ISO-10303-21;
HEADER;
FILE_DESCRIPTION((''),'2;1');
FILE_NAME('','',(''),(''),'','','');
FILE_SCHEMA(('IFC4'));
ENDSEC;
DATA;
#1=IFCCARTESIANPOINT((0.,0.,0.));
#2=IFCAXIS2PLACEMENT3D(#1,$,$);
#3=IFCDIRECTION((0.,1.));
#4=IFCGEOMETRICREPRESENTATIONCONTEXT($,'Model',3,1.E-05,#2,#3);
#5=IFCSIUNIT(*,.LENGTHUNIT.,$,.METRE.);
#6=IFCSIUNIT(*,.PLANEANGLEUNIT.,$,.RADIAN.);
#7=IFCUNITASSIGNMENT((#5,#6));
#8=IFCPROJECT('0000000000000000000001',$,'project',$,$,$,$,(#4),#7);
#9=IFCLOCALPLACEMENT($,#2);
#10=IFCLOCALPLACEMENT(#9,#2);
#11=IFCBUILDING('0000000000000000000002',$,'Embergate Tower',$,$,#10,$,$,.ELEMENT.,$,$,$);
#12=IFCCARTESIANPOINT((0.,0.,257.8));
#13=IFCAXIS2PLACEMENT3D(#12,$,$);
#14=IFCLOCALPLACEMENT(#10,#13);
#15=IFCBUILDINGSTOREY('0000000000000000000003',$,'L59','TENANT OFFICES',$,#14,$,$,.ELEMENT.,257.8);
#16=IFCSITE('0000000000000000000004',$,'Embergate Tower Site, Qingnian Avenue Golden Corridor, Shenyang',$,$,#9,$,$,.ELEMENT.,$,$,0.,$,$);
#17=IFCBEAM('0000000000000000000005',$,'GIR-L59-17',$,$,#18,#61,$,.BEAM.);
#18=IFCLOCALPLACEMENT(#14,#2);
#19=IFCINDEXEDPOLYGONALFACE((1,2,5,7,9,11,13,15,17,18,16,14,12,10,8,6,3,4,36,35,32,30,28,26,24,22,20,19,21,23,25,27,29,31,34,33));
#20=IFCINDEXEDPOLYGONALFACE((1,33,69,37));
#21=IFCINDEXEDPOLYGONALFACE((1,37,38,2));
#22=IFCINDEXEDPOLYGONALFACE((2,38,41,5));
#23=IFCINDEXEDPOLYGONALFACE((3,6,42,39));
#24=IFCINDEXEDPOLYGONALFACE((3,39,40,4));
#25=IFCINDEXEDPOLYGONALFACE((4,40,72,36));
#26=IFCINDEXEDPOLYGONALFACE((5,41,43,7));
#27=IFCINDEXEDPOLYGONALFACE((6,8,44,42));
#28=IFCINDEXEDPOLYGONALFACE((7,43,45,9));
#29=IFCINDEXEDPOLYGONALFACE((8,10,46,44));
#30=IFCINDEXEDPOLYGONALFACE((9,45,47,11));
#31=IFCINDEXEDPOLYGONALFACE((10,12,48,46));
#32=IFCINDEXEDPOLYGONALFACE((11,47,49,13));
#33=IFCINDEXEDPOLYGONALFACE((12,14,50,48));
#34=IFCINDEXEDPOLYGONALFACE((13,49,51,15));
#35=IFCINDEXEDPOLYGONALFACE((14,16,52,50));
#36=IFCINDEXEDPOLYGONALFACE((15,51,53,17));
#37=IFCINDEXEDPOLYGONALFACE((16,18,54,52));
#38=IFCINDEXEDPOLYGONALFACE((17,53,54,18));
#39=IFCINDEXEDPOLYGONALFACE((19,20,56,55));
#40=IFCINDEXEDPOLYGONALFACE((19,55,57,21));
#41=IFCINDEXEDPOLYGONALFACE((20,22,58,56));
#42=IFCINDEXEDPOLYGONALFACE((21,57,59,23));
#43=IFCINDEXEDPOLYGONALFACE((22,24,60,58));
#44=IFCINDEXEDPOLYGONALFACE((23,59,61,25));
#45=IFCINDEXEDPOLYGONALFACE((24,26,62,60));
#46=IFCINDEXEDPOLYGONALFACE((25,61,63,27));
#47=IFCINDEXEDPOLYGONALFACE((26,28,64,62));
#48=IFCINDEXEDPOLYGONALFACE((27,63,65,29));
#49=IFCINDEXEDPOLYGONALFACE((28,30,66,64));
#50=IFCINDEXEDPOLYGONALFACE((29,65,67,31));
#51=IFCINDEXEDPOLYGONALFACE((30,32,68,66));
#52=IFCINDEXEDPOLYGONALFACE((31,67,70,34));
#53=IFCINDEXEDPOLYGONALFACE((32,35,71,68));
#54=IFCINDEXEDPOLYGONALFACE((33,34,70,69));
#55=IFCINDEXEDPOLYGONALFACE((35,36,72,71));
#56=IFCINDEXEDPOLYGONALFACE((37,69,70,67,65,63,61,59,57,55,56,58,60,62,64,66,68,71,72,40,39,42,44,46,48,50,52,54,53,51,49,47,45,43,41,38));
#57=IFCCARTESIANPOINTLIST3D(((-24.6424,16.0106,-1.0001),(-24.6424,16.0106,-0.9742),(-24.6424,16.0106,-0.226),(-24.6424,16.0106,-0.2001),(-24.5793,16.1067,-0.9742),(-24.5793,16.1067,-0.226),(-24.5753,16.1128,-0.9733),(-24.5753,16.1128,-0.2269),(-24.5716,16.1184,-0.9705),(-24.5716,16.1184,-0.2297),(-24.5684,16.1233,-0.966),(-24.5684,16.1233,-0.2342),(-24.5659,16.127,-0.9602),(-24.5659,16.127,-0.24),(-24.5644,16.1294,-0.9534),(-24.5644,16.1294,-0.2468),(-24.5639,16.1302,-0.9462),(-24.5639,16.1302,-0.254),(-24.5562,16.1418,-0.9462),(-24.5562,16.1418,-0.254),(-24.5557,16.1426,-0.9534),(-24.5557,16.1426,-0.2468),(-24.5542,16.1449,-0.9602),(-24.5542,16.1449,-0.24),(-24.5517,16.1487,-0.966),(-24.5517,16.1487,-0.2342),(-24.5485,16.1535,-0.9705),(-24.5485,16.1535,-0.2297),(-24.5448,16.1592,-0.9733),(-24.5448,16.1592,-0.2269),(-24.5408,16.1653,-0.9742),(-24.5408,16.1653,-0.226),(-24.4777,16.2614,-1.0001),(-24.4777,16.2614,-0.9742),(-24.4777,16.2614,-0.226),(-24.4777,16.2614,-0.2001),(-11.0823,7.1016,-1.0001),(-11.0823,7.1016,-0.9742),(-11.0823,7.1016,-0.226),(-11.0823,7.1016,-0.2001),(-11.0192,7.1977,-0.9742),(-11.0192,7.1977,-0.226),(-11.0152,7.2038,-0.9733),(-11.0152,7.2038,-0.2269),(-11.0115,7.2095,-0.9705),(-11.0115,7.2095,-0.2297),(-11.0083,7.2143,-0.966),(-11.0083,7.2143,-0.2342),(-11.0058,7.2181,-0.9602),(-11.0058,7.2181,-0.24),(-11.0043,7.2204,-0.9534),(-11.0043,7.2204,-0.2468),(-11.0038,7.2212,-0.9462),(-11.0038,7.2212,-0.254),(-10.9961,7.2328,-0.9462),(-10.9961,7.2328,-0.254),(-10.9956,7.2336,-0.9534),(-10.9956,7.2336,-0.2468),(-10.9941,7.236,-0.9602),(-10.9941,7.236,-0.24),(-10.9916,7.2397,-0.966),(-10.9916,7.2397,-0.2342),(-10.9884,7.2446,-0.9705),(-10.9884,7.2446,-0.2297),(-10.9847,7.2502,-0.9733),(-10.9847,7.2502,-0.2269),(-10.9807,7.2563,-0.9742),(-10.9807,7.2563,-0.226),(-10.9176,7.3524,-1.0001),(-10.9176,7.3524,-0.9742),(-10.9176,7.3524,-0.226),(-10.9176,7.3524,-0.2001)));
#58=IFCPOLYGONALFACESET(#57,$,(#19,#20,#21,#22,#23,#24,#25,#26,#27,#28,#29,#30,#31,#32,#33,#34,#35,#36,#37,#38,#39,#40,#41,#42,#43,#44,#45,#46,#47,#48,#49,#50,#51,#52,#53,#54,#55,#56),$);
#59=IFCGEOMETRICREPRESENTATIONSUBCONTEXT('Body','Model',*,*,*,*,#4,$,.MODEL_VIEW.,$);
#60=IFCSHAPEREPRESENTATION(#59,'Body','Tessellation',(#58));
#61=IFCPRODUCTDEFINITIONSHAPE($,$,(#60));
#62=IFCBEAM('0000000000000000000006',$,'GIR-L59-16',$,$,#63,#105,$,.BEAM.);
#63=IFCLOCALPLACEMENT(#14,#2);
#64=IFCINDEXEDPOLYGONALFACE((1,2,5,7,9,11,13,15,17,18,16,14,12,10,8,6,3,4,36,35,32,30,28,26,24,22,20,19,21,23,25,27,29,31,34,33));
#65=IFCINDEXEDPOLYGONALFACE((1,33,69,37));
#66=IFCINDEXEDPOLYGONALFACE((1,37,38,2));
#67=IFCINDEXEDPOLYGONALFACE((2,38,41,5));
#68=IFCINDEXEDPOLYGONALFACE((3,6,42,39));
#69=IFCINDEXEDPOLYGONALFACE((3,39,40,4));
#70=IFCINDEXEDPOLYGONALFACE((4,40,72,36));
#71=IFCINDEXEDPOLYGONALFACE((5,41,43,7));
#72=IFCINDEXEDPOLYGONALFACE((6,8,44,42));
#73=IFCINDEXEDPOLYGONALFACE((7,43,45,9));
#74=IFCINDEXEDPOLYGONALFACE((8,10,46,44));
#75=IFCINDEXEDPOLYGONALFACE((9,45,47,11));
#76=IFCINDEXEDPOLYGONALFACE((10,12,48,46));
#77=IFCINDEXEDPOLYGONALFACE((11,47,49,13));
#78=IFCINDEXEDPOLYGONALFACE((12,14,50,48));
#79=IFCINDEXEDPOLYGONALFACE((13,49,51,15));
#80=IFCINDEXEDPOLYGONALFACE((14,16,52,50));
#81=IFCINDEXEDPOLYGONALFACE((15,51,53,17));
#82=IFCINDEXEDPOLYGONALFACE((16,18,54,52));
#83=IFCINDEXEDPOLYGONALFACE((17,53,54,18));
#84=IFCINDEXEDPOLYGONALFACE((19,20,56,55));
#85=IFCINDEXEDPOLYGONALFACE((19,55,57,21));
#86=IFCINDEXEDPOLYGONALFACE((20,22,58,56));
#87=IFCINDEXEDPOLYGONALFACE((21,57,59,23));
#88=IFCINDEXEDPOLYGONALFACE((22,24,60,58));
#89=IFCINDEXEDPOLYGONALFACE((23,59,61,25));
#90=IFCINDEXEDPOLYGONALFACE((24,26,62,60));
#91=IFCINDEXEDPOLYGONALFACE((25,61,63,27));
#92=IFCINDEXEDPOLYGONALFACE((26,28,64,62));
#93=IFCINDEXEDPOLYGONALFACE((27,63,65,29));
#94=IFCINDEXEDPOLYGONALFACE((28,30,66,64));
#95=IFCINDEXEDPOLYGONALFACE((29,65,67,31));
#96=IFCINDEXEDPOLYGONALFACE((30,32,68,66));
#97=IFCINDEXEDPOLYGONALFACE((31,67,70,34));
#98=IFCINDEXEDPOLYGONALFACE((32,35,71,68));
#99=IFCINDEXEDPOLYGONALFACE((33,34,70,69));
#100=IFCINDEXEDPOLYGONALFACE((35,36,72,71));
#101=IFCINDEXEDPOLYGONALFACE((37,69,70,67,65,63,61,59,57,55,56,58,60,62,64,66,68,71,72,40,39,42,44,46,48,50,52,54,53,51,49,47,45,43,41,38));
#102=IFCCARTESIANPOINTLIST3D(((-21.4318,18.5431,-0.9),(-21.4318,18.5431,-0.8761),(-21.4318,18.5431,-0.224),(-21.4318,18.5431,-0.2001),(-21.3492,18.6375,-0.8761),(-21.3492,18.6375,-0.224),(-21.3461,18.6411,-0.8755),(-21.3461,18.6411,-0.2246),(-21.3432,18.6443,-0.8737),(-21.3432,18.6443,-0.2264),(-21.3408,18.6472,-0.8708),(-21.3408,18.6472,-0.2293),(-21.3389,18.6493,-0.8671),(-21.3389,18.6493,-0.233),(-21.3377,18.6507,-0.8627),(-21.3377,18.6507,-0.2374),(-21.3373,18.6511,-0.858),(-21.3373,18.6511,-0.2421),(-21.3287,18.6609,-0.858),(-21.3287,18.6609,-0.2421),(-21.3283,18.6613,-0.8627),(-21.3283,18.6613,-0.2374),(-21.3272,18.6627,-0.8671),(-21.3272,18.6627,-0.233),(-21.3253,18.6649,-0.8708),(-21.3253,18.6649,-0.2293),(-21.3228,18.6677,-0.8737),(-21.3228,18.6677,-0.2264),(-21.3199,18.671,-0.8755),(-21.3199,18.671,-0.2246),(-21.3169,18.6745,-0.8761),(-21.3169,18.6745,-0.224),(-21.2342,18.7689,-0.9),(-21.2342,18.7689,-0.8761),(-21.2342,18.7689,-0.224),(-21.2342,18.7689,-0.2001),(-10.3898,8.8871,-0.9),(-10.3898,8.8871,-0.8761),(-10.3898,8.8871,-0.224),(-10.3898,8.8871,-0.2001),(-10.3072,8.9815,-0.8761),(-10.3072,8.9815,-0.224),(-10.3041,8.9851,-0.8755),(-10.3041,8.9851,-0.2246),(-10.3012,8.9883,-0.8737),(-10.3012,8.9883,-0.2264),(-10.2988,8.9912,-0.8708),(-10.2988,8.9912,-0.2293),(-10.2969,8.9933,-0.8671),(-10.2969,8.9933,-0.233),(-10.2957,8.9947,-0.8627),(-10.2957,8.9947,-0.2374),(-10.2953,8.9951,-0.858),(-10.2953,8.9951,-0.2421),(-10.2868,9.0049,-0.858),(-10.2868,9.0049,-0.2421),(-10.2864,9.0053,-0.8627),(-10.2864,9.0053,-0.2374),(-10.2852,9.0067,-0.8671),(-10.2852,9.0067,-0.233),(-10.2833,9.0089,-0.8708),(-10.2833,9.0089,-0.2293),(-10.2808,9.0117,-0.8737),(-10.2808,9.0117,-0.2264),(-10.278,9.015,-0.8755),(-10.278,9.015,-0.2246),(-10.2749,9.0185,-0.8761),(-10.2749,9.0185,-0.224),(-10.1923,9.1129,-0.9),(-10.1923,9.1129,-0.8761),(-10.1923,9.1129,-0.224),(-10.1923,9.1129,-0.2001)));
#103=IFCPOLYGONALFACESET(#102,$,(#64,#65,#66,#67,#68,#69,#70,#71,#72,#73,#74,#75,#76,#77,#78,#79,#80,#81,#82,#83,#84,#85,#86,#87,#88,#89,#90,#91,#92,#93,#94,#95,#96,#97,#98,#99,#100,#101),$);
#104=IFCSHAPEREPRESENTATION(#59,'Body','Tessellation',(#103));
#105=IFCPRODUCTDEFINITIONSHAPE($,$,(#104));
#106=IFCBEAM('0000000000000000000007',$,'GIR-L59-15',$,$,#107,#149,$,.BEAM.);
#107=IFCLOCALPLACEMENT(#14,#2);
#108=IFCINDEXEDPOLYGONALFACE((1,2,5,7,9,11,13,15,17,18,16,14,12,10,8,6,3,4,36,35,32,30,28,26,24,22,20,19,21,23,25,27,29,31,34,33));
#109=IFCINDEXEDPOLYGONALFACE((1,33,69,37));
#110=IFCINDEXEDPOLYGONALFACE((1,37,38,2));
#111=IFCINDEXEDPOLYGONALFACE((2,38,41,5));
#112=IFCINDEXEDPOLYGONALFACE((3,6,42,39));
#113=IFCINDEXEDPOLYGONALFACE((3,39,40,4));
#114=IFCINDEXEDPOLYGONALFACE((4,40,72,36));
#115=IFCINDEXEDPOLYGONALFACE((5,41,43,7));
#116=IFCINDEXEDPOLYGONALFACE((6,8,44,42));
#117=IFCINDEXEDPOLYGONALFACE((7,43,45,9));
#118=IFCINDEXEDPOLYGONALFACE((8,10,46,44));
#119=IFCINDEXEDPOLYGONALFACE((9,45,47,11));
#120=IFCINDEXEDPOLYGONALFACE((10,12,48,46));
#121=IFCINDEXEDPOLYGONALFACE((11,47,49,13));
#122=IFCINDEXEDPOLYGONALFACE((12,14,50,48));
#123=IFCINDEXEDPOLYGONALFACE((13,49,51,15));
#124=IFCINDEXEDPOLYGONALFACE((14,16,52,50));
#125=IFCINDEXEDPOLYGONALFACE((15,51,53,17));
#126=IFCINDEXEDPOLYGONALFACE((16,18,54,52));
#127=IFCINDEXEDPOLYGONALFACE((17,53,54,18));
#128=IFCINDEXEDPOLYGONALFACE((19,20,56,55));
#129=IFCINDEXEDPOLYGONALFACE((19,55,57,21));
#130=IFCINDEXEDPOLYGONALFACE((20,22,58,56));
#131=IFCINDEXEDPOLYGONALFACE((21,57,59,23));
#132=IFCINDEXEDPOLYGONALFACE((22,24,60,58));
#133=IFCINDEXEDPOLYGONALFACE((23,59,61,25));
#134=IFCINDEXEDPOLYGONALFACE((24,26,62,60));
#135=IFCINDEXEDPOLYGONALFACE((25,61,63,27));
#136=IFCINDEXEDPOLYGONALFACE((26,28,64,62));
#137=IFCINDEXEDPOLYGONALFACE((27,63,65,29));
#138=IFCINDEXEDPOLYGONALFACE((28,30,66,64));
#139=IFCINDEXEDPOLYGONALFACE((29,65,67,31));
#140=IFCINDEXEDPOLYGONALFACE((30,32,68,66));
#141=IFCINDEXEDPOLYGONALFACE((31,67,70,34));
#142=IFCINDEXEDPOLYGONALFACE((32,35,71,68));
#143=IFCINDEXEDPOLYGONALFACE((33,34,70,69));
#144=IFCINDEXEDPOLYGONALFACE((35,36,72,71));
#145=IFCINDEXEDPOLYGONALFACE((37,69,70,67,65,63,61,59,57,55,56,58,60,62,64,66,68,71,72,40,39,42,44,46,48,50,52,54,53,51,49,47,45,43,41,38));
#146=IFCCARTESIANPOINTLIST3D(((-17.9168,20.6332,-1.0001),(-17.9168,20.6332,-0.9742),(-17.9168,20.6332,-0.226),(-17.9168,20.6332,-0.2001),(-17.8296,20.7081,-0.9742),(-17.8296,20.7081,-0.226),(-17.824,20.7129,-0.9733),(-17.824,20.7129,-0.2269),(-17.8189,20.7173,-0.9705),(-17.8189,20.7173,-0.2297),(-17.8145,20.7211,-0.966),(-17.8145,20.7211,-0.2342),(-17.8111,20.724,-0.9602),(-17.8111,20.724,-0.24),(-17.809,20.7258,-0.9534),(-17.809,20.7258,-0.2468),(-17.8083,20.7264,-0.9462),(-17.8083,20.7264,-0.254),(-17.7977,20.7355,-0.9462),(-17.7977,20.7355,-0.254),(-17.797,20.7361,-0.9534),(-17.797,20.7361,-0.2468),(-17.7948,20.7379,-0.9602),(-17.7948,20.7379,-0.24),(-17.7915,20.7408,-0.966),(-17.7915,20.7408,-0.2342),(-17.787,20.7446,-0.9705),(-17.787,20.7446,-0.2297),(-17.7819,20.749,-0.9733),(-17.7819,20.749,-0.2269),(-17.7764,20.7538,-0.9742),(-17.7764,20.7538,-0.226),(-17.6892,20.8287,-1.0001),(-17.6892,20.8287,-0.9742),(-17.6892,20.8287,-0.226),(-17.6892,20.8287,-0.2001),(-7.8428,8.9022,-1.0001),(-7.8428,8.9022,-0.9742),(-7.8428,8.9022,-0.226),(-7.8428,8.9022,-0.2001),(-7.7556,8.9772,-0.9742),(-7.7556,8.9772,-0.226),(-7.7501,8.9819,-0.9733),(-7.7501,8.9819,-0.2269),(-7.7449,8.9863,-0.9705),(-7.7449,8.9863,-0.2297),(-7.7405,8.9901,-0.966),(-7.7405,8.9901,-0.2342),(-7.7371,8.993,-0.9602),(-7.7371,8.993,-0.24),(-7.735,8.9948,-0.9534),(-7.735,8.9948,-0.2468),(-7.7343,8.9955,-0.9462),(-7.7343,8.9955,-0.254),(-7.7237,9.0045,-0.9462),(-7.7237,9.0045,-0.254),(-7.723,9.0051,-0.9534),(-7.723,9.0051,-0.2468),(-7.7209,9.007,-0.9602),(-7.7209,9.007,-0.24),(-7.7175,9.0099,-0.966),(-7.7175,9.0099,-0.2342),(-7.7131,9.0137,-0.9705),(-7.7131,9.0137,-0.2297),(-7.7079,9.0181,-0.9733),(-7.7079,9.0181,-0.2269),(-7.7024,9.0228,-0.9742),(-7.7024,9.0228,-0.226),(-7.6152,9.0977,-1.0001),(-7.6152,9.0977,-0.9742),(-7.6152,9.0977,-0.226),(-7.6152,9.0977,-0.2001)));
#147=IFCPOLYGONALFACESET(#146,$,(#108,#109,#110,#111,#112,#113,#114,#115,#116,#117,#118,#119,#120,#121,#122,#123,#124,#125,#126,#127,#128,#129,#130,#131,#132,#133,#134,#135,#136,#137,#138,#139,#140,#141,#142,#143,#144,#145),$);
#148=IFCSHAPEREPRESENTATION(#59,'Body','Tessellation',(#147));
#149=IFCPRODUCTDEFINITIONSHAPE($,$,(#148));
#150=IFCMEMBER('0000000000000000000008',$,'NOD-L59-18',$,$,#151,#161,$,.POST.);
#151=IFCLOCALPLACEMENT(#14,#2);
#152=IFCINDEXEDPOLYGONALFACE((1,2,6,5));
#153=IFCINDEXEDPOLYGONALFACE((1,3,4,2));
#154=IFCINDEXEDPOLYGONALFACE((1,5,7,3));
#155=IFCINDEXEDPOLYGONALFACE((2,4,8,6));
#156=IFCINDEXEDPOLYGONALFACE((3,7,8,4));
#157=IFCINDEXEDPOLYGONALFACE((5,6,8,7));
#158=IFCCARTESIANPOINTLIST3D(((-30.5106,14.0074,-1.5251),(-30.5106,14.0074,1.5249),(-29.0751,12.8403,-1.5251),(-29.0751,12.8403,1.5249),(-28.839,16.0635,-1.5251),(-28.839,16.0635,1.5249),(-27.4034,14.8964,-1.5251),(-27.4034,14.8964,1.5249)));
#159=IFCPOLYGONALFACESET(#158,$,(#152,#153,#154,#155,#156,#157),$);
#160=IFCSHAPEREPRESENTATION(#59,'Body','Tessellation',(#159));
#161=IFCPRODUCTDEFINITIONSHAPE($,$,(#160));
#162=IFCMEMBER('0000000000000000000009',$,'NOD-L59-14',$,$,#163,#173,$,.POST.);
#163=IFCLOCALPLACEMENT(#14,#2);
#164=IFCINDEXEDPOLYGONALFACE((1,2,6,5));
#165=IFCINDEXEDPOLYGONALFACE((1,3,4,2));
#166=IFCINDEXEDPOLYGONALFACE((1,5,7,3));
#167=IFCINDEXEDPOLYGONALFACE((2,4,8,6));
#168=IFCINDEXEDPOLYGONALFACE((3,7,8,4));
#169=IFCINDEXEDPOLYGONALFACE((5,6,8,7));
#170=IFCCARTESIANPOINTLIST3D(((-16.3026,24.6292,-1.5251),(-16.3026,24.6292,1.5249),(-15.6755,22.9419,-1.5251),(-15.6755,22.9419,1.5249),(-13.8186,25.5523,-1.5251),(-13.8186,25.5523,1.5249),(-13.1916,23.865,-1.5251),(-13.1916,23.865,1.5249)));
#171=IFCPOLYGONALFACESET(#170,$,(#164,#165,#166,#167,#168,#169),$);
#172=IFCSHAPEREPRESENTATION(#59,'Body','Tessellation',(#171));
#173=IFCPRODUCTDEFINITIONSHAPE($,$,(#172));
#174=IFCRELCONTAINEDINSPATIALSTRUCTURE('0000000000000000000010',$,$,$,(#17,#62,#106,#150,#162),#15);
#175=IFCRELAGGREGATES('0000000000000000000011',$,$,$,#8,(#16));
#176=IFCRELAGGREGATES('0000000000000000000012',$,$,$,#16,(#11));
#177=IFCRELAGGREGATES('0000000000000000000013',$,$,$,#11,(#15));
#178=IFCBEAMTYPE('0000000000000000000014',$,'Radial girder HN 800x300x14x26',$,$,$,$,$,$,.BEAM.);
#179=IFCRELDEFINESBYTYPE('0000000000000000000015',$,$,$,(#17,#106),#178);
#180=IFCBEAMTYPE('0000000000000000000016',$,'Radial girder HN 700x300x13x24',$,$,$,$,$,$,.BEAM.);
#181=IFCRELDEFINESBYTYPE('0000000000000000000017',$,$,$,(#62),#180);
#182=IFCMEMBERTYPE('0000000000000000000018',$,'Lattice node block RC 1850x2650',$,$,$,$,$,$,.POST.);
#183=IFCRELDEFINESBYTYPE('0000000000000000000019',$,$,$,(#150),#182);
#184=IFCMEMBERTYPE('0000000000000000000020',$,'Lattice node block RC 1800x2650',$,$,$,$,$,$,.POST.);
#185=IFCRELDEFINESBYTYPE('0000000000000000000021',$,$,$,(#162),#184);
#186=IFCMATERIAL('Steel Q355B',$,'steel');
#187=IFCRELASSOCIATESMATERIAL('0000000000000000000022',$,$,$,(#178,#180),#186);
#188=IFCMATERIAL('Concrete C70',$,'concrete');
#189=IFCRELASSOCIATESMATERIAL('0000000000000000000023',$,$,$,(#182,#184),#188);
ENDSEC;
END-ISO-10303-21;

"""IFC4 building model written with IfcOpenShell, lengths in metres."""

from ifc_helpers import new_model, si_unit, direction, frame, origin, origin_2d, place, context, subcontext, project, spatial, rectangle, i_section, extrude, source, transform, mapped, material, material_profile, profile_set, type_object, element, save


model = new_model("IFC4")

# Units and contexts
model_context = context("Model", 3, precision=1e-05, world=origin(), true_north=direction((0.0, 1.0)))
body_context = subcontext(model_context, "Body", "Model", "MODEL_VIEW")
ifc_project = project(units=[si_unit("LENGTHUNIT", "METRE"), si_unit("PLANEANGLEUNIT", "RADIAN")], contexts=[model_context])

# Site, building, storey
site_placement = place(None, origin())
site = spatial("IfcSite", under=ifc_project, at=site_placement, Name="Embergate Tower Site, Qingnian Avenue Golden Corridor, Shenyang", CompositionType="ELEMENT", RefElevation=0.0)
building_placement = place(site_placement, origin())
building = spatial("IfcBuilding", under=site, at=building_placement, Name="Embergate Tower", CompositionType="ELEMENT")
storey_placement = place(building_placement, frame((0.0, 0.0, 257.8)))
storey = spatial("IfcBuildingStorey", under=building, at=storey_placement, Name="L59", Description="TENANT OFFICES", CompositionType="ELEMENT", Elevation=257.8)

# Beams
ifc_material_1 = material(Name="Steel Q355B", Category="steel")
ifc_material_profile_1 = material_profile(ifc_material_1, i_section(OverallWidth=0.3, OverallDepth=0.8, WebThickness=0.0139, FlangeThickness=0.0259, FilletRadius=0.0281, at=origin_2d()), Name="HN 800x300x14x26")
ifc_profile_set_1 = profile_set([ifc_material_profile_1], Name="Steel Q355 grade B")
beam_type_1 = type_object("IfcBeamType", Name="Radial girder HN 800x300x14x26", PredefinedType="BEAM", material=ifc_profile_set_1)
shared_shape_1 = source(origin(), body_context, "Body", "SweptSolid", [
    extrude(i_section(OverallWidth=0.3, OverallDepth=0.8, WebThickness=0.0139, FlangeThickness=0.0259, FilletRadius=0.0281, at=origin_2d()), origin(), (0.0, 0.0, 1.0), 16.2249),
])
beam_1_placement = place(storey_placement, frame((-24.5601, 16.136, -0.6001), z_axis=(0.835761, -0.549094, 0.0), x_axis=(0.549094, 0.835761, 0.0)))
element("IfcBeam", 1, at=beam_1_placement, inside=storey, type_object=beam_type_1, Name="GIR-L59-17", PredefinedType="BEAM", context=body_context, shape_type="MappedRepresentation", body=[
    mapped(shared_shape_1, transform((0.0, 0.0, 0.0))),
])
ifc_material_profile_2 = material_profile(ifc_material_1, i_section(OverallWidth=0.3, OverallDepth=0.7, WebThickness=0.0129, FlangeThickness=0.0239, FilletRadius=0.0181, at=origin_2d()), Name="HN 700x300x13x24")
ifc_profile_set_2 = profile_set([ifc_material_profile_2], Name="Steel Q355 grade B")
beam_type_2 = type_object("IfcBeamType", Name="Radial girder HN 700x300x13x24", PredefinedType="BEAM", material=ifc_profile_set_2)
shared_shape_2 = source(origin(), body_context, "Body", "SweptSolid", [
    extrude(i_section(OverallWidth=0.3, OverallDepth=0.7, WebThickness=0.0129, FlangeThickness=0.0239, FilletRadius=0.0181, at=origin_2d()), origin(), (0.0, 0.0, 1.0), 14.6685),
])
beam_2_placement = place(storey_placement, frame((-21.333, 18.656, -0.55), z_axis=(0.75277, -0.658283, 0.0), x_axis=(0.658283, 0.75277, 0.0)))
element("IfcBeam", 2, at=beam_2_placement, inside=storey, type_object=beam_type_2, Name="GIR-L59-16", PredefinedType="BEAM", context=body_context, shape_type="MappedRepresentation", body=[
    mapped(shared_shape_2, transform((0.0, 0.0, 0.0))),
])
shared_shape_3 = source(origin(), body_context, "Body", "SweptSolid", [
    extrude(i_section(OverallWidth=0.3, OverallDepth=0.8, WebThickness=0.0139, FlangeThickness=0.0259, FilletRadius=0.0281, at=origin_2d()), origin(), (0.0, 0.0, 1.0), 15.4629),
])
beam_3_placement = place(storey_placement, frame((-17.803, 20.731, -0.6001), z_axis=(0.651495, -0.758653, 0.0), x_axis=(0.758653, 0.651495, 0.0)))
element("IfcBeam", 3, at=beam_3_placement, inside=storey, type_object=beam_type_1, Name="GIR-L59-15", PredefinedType="BEAM", context=body_context, shape_type="MappedRepresentation", body=[
    mapped(shared_shape_3, transform((0.0, 0.0, 0.0))),
])

# Members
ifc_material_2 = material(Name="Concrete C70", Category="concrete")
ifc_material_profile_3 = material_profile(ifc_material_2, rectangle(XDim=1.8501, YDim=2.6499, at=origin_2d()), Name="RC 1850x2650")
ifc_profile_set_3 = profile_set([ifc_material_profile_3], Name="Concrete C70")
member_type_1 = type_object("IfcMemberType", Name="Lattice node block RC 1850x2650", PredefinedType="POST", material=ifc_profile_set_3)
shared_shape_4 = source(origin(), body_context, "Body", "SweptSolid", [
    extrude(rectangle(XDim=1.8501, YDim=2.6499, at=origin_2d()), origin(), (0.0, 0.0, 1.0), 3.05),
])
member_1_placement = place(storey_placement, frame((-28.957, 14.4519, -1.5251), z_axis=(0.0, 0.0, 1.0), x_axis=(-0.775914, 0.630838, 0.0)))
element("IfcMember", 4, at=member_1_placement, inside=storey, type_object=member_type_1, Name="NOD-L59-18", PredefinedType="POST", context=body_context, shape_type="MappedRepresentation", body=[
    mapped(shared_shape_4, transform((0.0, 0.0, 0.0))),
])
ifc_material_profile_4 = material_profile(ifc_material_2, rectangle(XDim=1.8, YDim=2.6499, at=origin_2d()), Name="RC 1800x2650")
ifc_profile_set_4 = profile_set([ifc_material_profile_4], Name="Concrete C70")
member_type_2 = type_object("IfcMemberType", Name="Lattice node block RC 1800x2650", PredefinedType="POST", material=ifc_profile_set_4)
shared_shape_5 = source(origin(), body_context, "Body", "SweptSolid", [
    extrude(rectangle(XDim=1.8, YDim=2.6499, at=origin_2d()), origin(), (0.0, 0.0, 1.0), 3.05),
])
member_2_placement = place(storey_placement, frame((-14.7471, 24.2471, -1.5251), z_axis=(0.0, 0.0, 1.0), x_axis=(-0.348343, 0.937367, 0.0)))
element("IfcMember", 5, at=member_2_placement, inside=storey, type_object=member_type_2, Name="NOD-L59-14", PredefinedType="POST", context=body_context, shape_type="MappedRepresentation", body=[
    mapped(shared_shape_5, transform((0.0, 0.0, 0.0))),
])

save(model, "model.ifc")
